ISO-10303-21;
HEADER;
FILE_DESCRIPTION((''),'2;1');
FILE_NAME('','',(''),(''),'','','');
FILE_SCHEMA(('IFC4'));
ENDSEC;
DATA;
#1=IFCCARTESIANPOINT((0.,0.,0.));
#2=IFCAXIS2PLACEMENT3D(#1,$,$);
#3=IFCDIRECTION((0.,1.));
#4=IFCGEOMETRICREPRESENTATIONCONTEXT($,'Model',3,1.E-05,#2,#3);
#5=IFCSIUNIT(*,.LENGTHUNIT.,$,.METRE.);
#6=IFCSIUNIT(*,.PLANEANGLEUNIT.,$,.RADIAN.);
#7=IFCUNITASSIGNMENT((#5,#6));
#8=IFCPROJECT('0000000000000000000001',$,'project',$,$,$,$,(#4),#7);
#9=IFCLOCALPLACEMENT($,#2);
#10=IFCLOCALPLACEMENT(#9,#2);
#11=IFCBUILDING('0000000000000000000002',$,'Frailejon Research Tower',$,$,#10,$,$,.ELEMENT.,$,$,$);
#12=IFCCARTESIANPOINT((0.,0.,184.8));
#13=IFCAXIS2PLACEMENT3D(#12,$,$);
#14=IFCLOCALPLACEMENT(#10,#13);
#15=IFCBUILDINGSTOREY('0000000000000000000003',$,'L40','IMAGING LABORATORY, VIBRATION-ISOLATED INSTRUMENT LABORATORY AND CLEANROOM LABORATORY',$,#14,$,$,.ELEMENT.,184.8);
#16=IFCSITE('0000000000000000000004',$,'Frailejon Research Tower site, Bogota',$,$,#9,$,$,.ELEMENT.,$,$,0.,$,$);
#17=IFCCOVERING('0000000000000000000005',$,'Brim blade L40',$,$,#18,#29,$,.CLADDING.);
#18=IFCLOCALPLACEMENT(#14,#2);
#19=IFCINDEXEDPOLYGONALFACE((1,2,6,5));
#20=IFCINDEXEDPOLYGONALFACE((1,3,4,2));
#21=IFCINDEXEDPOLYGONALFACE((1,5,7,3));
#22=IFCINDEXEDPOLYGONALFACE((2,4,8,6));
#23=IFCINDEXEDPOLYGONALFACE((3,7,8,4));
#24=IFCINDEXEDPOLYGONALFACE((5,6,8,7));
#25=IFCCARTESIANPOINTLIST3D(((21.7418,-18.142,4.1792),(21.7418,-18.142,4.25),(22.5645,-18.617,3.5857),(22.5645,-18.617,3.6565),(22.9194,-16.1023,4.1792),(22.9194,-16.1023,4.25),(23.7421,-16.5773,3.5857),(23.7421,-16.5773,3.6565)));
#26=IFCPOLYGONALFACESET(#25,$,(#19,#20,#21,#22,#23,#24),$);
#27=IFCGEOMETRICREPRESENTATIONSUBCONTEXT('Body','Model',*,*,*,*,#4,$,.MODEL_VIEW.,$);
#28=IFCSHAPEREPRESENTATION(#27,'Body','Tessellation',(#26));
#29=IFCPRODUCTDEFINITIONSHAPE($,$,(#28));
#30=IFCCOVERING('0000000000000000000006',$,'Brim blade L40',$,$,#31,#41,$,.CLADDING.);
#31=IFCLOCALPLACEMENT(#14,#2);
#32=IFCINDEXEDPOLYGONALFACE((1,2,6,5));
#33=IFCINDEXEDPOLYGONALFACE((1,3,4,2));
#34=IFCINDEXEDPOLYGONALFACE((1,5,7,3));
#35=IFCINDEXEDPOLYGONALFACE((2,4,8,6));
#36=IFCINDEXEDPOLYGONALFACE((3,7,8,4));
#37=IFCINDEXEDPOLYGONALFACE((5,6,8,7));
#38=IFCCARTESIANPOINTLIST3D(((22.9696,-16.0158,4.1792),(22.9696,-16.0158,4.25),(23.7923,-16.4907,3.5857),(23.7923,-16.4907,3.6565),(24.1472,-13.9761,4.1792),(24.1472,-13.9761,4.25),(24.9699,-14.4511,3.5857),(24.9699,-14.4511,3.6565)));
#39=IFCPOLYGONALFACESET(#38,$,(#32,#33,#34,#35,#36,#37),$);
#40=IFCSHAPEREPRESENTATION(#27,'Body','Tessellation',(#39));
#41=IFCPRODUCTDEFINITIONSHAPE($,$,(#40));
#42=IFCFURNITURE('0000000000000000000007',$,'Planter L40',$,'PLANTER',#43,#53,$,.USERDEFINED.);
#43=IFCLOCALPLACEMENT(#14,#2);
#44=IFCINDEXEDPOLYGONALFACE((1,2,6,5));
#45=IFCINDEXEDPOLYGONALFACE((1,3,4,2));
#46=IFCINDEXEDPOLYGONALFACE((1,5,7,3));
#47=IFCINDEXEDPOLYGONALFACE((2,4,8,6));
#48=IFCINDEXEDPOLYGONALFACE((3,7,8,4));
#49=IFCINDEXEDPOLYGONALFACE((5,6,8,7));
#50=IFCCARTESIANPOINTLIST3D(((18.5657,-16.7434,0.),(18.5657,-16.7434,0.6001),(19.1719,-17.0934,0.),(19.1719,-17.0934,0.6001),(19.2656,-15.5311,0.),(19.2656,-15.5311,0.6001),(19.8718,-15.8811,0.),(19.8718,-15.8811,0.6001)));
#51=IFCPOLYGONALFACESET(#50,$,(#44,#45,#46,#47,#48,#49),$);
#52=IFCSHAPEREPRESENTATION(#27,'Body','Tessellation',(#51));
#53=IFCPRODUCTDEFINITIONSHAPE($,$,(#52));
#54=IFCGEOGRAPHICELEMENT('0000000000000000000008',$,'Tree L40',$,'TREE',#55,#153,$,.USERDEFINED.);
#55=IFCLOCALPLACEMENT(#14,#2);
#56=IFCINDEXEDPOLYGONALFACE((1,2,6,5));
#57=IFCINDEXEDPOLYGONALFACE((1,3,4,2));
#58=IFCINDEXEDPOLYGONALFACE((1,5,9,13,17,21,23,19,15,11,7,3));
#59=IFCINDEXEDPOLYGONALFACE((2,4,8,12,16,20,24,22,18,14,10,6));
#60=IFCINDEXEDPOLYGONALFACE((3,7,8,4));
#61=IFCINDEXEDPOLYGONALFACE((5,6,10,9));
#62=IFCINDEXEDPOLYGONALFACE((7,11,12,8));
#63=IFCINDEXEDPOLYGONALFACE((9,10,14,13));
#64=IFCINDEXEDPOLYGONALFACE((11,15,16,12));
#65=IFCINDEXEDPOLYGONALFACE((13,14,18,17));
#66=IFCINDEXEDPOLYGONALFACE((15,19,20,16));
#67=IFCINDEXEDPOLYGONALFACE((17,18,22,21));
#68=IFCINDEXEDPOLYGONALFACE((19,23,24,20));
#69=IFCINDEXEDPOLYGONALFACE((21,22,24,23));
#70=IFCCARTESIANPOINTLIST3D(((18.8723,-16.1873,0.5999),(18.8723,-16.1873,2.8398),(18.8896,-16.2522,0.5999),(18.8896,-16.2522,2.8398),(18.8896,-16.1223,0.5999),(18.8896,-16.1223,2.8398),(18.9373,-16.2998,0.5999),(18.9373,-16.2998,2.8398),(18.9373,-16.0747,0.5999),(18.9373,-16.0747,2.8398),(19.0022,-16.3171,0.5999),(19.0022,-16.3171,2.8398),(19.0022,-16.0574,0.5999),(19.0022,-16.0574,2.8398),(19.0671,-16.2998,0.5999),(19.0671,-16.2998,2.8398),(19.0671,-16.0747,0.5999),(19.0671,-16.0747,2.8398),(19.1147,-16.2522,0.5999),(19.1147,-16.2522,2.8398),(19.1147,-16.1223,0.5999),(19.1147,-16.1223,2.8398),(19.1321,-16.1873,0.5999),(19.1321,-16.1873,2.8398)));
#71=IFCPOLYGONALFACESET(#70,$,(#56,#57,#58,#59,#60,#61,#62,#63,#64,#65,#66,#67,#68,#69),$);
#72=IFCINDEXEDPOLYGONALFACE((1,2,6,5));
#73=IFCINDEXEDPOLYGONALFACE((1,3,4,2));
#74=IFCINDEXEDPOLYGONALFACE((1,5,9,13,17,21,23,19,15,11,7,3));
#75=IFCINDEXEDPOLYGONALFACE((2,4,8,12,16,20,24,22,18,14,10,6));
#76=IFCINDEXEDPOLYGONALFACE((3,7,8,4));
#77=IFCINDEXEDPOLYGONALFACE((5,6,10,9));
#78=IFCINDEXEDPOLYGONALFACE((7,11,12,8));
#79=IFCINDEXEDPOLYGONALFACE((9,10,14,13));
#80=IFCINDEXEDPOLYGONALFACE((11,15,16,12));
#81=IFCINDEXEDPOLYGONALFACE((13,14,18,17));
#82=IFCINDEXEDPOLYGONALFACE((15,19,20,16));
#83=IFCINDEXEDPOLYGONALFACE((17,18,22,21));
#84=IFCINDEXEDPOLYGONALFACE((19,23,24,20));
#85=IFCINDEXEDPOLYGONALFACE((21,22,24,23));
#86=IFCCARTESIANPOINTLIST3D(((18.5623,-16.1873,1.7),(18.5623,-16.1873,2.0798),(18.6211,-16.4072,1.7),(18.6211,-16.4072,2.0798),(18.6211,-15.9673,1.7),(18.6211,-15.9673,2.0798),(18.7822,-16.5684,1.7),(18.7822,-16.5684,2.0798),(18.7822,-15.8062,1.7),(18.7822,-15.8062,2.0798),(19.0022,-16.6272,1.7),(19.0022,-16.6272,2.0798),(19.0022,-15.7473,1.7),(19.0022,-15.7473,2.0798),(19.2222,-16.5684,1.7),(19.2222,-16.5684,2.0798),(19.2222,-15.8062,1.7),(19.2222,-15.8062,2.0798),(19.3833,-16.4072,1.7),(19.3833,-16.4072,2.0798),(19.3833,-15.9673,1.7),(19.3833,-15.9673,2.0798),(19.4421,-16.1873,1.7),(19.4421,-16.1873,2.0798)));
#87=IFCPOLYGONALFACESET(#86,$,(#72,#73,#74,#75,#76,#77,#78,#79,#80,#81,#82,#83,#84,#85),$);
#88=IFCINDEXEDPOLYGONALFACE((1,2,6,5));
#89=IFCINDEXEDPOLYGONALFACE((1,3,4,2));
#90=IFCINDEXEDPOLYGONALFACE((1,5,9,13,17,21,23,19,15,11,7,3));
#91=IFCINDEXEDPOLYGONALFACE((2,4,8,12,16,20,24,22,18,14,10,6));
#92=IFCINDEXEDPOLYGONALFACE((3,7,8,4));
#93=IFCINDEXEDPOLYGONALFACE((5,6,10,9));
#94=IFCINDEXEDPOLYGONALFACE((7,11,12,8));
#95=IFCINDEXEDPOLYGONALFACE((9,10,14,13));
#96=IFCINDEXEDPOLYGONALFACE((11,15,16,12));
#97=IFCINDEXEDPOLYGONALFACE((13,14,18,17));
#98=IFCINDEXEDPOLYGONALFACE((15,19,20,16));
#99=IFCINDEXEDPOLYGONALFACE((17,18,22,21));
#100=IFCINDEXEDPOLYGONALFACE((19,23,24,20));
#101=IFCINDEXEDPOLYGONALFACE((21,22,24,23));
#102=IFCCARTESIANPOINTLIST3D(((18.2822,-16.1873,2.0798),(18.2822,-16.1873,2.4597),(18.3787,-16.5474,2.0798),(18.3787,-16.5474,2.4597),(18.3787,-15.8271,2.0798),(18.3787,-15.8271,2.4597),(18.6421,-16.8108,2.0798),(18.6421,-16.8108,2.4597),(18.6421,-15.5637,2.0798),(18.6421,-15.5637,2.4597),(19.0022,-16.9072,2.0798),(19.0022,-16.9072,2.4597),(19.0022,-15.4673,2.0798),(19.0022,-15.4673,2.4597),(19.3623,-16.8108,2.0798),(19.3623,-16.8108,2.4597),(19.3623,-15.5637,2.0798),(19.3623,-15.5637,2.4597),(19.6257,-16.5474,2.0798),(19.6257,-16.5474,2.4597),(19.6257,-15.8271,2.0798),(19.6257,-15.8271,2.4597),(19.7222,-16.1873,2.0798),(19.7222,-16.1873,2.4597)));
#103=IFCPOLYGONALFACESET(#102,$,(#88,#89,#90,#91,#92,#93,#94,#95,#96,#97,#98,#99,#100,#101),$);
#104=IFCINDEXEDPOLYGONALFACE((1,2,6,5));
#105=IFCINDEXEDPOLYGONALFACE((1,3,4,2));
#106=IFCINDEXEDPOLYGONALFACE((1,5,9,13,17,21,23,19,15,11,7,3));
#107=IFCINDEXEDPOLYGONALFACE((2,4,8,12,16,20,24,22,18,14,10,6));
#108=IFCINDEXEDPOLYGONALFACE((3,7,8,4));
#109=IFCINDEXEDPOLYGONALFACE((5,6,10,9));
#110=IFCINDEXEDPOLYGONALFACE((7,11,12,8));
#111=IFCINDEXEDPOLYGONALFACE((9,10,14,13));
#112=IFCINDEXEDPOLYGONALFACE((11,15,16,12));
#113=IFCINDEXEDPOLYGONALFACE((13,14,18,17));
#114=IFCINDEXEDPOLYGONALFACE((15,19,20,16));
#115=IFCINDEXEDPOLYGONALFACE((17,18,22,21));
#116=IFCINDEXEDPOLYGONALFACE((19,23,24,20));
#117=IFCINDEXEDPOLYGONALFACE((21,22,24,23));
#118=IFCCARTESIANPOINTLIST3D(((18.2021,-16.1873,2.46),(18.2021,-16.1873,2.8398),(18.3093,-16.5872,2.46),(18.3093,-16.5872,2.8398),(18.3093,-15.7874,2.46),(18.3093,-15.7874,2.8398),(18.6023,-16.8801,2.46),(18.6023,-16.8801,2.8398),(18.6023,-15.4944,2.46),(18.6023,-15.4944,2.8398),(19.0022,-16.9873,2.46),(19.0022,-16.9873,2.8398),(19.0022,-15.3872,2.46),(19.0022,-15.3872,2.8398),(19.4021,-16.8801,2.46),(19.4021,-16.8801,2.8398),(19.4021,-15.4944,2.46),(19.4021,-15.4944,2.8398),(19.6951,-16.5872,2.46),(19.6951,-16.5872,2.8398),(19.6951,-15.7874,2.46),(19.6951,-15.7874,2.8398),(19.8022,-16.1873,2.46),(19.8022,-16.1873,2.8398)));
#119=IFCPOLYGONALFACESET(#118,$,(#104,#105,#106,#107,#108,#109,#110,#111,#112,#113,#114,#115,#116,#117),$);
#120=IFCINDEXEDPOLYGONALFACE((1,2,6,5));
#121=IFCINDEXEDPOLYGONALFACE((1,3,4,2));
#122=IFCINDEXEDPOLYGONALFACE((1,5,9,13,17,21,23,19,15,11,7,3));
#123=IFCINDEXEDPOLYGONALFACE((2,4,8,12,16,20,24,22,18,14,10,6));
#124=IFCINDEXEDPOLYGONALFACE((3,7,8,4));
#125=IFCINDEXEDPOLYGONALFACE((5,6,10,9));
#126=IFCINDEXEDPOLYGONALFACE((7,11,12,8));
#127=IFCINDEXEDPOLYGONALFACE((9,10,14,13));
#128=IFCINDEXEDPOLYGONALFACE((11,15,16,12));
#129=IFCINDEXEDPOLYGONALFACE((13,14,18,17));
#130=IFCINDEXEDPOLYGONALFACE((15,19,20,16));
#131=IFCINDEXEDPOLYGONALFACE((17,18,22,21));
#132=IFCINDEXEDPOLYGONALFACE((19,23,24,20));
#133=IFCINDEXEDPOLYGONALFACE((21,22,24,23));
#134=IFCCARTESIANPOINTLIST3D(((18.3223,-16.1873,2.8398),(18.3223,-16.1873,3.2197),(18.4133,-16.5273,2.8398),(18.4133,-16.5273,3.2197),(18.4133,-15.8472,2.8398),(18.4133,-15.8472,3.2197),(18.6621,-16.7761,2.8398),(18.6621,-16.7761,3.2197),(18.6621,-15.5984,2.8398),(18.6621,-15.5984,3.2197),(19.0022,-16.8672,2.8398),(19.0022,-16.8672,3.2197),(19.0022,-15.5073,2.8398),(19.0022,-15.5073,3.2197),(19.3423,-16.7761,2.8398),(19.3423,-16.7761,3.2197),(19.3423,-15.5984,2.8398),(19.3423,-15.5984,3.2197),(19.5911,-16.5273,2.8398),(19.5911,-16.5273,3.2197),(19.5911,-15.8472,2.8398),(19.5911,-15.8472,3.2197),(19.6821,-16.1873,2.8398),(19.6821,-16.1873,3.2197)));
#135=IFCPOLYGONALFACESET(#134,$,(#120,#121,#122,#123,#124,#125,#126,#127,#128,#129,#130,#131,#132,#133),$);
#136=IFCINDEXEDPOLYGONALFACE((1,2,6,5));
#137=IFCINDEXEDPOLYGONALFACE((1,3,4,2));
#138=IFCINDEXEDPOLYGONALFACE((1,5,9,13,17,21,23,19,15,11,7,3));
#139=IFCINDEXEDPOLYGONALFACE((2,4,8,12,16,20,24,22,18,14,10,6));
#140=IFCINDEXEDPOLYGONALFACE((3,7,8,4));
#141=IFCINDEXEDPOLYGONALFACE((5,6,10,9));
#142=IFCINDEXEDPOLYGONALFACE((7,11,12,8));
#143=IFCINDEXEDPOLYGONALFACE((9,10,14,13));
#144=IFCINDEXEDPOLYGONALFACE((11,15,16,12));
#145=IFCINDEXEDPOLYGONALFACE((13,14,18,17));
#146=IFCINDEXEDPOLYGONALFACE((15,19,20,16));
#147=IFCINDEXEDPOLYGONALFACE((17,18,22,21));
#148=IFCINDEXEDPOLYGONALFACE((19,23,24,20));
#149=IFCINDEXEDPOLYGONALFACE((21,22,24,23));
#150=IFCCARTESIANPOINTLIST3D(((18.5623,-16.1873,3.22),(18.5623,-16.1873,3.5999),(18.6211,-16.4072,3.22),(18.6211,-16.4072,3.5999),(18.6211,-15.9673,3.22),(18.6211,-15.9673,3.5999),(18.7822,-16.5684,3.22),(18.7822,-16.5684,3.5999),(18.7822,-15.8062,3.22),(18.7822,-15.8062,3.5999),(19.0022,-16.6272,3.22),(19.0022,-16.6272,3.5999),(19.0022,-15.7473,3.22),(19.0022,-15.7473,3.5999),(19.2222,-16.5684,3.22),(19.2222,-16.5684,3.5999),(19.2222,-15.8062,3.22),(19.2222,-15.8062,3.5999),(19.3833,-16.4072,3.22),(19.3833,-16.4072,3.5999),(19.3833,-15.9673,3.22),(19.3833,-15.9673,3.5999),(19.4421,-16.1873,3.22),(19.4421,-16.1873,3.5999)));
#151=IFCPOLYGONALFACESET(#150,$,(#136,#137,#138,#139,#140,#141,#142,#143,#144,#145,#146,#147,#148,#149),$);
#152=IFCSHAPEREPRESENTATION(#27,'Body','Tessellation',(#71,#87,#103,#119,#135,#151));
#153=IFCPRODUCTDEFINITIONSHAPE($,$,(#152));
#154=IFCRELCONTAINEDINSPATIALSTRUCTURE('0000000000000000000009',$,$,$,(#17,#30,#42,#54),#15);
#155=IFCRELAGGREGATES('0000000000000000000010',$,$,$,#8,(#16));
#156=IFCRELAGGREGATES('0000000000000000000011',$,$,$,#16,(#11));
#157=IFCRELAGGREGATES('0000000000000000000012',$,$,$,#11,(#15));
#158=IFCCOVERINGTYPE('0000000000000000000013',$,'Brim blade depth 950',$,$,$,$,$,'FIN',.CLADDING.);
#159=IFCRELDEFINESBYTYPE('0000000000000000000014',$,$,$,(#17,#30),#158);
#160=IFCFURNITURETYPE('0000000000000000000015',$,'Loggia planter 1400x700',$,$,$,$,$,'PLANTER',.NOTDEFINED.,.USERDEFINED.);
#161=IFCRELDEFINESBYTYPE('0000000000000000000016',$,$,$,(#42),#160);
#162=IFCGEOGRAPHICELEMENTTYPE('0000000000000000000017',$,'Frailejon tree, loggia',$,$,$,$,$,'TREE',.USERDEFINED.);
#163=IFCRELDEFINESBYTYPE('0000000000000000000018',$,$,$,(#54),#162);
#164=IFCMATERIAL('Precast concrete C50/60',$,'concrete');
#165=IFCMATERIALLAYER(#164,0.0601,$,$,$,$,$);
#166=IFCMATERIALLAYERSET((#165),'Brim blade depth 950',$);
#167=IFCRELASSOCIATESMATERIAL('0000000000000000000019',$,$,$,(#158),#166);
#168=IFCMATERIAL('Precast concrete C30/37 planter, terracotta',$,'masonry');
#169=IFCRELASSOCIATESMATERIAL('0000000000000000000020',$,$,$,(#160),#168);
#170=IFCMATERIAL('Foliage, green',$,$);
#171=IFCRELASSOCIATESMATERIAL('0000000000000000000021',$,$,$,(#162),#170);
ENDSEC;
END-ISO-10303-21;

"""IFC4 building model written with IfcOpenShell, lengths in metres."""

from ifc_helpers import new_model, si_unit, direction, frame, origin, origin_2d, place, context, subcontext, project, spatial, polyline, rectangle, outline, extrude, material, layer, layer_set, type_object, element, save


model = new_model("IFC4")

# Units and contexts
model_context = context("Model", 3, precision=1e-05, world=origin(), true_north=direction((0.0, 1.0)))
body_context = subcontext(model_context, "Body", "Model", "MODEL_VIEW")
ifc_project = project(units=[si_unit("LENGTHUNIT", "METRE"), si_unit("PLANEANGLEUNIT", "RADIAN")], contexts=[model_context])

# Site, building, storey
site_placement = place(None, origin())
site = spatial("IfcSite", under=ifc_project, at=site_placement, Name="Frailejon Research Tower site, Bogota", CompositionType="ELEMENT", RefElevation=0.0)
building_placement = place(site_placement, origin())
building = spatial("IfcBuilding", under=site, at=building_placement, Name="Frailejon Research Tower", CompositionType="ELEMENT")
storey_placement = place(building_placement, frame((0.0, 0.0, 184.8)))
storey = spatial("IfcBuildingStorey", under=building, at=storey_placement, Name="L40", Description="IMAGING LABORATORY, VIBRATION-ISOLATED INSTRUMENT LABORATORY AND CLEANROOM LABORATORY", CompositionType="ELEMENT", Elevation=184.8)

# Coverings
ifc_material_1 = material(Name="Precast concrete C50/60", Category="concrete")
ifc_layer_1 = layer(ifc_material_1, 0.0601)
ifc_layer_set_1 = layer_set([ifc_layer_1], Name="Brim blade depth 950")
covering_type_1 = type_object("IfcCoveringType", Name="Brim blade depth 950", ElementType="FIN", PredefinedType="CLADDING", material=ifc_layer_set_1)
for number, where, z_axis, x_axis, name in (
    (1, (22.9194, -16.1023, 4.25), (-0.499997, -0.866027, 0.0), (0.866027, -0.499997, 0.0), "Brim blade L40"),
    (2, (24.1472, -13.9761, 4.25), (-0.500006, -0.866022, 0.0), (0.866022, -0.500006, 0.0), "Brim blade L40"),
):
    element("IfcCovering", number, at=place(storey_placement, frame(where, z_axis=z_axis, x_axis=x_axis)), inside=storey, type_object=covering_type_1, Name=name, PredefinedType="CLADDING", context=body_context, shape_type="SweptSolid", body=[
        extrude(outline(polyline([(0.0, -0.0708), (0.95, -0.6643), (0.95, -0.5935), (0.0, 0.0), (0.0, -0.0708)])), origin(), (0.0, 0.0, 1.0), 2.3552),
    ])

# Furniture
ifc_material_2 = material(Name="Precast concrete C30/37 planter, terracotta", Category="masonry")
furniture_type = type_object("IfcFurnitureType", Name="Loggia planter 1400x700", ElementType="PLANTER", AssemblyPlace="NOTDEFINED", PredefinedType="USERDEFINED", material=ifc_material_2)
furniture_placement = place(storey_placement, frame((19.2188, -16.3123, 0.0), z_axis=(0.0, 0.0, 1.0), x_axis=(0.5, 0.866025, 0.0)))
element("IfcFurniture", 3, at=furniture_placement, inside=storey, type_object=furniture_type, Name="Planter L40", ObjectType="PLANTER", PredefinedType="USERDEFINED", context=body_context, shape_type="SweptSolid", body=[
    extrude(rectangle(XDim=1.3999, YDim=0.7, at=origin_2d()), origin(), (0.0, 0.0, 1.0), 0.6001),
])

# Geographic element
ifc_material_3 = material(Name="Foliage, green")
geographic_element_type = type_object("IfcGeographicElementType", Name="Frailejon tree, loggia", ElementType="TREE", PredefinedType="USERDEFINED", material=ifc_material_3)
geographic_element_placement = place(storey_placement, frame((19.0022, -16.1873, 0.5999)))
element("IfcGeographicElement", 4, at=geographic_element_placement, inside=storey, type_object=geographic_element_type, Name="Tree L40", ObjectType="TREE", PredefinedType="USERDEFINED", context=body_context, shape_type="SweptSolid", body=[
    extrude(outline(polyline([(0.1299, 0.0), (0.1125, 0.0649), (0.0649, 0.1125), (0.0, 0.1299), (-0.0649, 0.1125), (-0.1125, 0.0649), (-0.1299, 0.0), (-0.1125, -0.0649), (-0.0649, -0.1125), (0.0, -0.1299), (0.0649, -0.1125), (0.1125, -0.0649), (0.1299, 0.0)])), origin(), (0.0, 0.0, 1.0), 2.24),
    extrude(outline(polyline([(0.4399, 0.0), (0.3811, 0.22), (0.22, 0.3811), (0.0, 0.4399), (-0.22, 0.3811), (-0.3811, 0.22), (-0.4399, 0.0), (-0.3811, -0.22), (-0.22, -0.3811), (0.0, -0.4399), (0.22, -0.3811), (0.3811, -0.22), (0.4399, 0.0)])), frame((0.0, 0.0, 1.1001)), (0.0, 0.0, 1.0), 0.3799),
    extrude(outline(polyline([(0.72, 0.0), (0.6235, 0.3601), (0.3601, 0.6235), (0.0, 0.72), (-0.3601, 0.6235), (-0.6235, 0.3601), (-0.72, 0.0), (-0.6235, -0.3601), (-0.3601, -0.6235), (0.0, -0.72), (0.3601, -0.6235), (0.6235, -0.3601), (0.72, 0.0)])), frame((0.0, 0.0, 1.48)), (0.0, 0.0, 1.0), 0.3799),
    extrude(outline(polyline([(0.8, 0.0), (0.6929, 0.3999), (0.3999, 0.6929), (0.0, 0.8), (-0.3999, 0.6929), (-0.6929, 0.3999), (-0.8, 0.0), (-0.6929, -0.3999), (-0.3999, -0.6929), (0.0, -0.8), (0.3999, -0.6929), (0.6929, -0.3999), (0.8, 0.0)])), frame((0.0, 0.0, 1.8601)), (0.0, 0.0, 1.0), 0.3799),
    extrude(outline(polyline([(0.6799, 0.0), (0.5889, 0.3401), (0.3401, 0.5889), (0.0, 0.6799), (-0.3401, 0.5889), (-0.5889, 0.3401), (-0.6799, 0.0), (-0.5889, -0.3401), (-0.3401, -0.5889), (0.0, -0.6799), (0.3401, -0.5889), (0.5889, -0.3401), (0.6799, 0.0)])), frame((0.0, 0.0, 2.24)), (0.0, 0.0, 1.0), 0.3799),
    extrude(outline(polyline([(0.4399, 0.0), (0.3811, 0.22), (0.22, 0.3811), (0.0, 0.4399), (-0.22, 0.3811), (-0.3811, 0.22), (-0.4399, 0.0), (-0.3811, -0.22), (-0.22, -0.3811), (0.0, -0.4399), (0.22, -0.3811), (0.3811, -0.22), (0.4399, 0.0)])), frame((0.0, 0.0, 2.6201)), (0.0, 0.0, 1.0), 0.3799),
])

save(model, "model.ifc")
